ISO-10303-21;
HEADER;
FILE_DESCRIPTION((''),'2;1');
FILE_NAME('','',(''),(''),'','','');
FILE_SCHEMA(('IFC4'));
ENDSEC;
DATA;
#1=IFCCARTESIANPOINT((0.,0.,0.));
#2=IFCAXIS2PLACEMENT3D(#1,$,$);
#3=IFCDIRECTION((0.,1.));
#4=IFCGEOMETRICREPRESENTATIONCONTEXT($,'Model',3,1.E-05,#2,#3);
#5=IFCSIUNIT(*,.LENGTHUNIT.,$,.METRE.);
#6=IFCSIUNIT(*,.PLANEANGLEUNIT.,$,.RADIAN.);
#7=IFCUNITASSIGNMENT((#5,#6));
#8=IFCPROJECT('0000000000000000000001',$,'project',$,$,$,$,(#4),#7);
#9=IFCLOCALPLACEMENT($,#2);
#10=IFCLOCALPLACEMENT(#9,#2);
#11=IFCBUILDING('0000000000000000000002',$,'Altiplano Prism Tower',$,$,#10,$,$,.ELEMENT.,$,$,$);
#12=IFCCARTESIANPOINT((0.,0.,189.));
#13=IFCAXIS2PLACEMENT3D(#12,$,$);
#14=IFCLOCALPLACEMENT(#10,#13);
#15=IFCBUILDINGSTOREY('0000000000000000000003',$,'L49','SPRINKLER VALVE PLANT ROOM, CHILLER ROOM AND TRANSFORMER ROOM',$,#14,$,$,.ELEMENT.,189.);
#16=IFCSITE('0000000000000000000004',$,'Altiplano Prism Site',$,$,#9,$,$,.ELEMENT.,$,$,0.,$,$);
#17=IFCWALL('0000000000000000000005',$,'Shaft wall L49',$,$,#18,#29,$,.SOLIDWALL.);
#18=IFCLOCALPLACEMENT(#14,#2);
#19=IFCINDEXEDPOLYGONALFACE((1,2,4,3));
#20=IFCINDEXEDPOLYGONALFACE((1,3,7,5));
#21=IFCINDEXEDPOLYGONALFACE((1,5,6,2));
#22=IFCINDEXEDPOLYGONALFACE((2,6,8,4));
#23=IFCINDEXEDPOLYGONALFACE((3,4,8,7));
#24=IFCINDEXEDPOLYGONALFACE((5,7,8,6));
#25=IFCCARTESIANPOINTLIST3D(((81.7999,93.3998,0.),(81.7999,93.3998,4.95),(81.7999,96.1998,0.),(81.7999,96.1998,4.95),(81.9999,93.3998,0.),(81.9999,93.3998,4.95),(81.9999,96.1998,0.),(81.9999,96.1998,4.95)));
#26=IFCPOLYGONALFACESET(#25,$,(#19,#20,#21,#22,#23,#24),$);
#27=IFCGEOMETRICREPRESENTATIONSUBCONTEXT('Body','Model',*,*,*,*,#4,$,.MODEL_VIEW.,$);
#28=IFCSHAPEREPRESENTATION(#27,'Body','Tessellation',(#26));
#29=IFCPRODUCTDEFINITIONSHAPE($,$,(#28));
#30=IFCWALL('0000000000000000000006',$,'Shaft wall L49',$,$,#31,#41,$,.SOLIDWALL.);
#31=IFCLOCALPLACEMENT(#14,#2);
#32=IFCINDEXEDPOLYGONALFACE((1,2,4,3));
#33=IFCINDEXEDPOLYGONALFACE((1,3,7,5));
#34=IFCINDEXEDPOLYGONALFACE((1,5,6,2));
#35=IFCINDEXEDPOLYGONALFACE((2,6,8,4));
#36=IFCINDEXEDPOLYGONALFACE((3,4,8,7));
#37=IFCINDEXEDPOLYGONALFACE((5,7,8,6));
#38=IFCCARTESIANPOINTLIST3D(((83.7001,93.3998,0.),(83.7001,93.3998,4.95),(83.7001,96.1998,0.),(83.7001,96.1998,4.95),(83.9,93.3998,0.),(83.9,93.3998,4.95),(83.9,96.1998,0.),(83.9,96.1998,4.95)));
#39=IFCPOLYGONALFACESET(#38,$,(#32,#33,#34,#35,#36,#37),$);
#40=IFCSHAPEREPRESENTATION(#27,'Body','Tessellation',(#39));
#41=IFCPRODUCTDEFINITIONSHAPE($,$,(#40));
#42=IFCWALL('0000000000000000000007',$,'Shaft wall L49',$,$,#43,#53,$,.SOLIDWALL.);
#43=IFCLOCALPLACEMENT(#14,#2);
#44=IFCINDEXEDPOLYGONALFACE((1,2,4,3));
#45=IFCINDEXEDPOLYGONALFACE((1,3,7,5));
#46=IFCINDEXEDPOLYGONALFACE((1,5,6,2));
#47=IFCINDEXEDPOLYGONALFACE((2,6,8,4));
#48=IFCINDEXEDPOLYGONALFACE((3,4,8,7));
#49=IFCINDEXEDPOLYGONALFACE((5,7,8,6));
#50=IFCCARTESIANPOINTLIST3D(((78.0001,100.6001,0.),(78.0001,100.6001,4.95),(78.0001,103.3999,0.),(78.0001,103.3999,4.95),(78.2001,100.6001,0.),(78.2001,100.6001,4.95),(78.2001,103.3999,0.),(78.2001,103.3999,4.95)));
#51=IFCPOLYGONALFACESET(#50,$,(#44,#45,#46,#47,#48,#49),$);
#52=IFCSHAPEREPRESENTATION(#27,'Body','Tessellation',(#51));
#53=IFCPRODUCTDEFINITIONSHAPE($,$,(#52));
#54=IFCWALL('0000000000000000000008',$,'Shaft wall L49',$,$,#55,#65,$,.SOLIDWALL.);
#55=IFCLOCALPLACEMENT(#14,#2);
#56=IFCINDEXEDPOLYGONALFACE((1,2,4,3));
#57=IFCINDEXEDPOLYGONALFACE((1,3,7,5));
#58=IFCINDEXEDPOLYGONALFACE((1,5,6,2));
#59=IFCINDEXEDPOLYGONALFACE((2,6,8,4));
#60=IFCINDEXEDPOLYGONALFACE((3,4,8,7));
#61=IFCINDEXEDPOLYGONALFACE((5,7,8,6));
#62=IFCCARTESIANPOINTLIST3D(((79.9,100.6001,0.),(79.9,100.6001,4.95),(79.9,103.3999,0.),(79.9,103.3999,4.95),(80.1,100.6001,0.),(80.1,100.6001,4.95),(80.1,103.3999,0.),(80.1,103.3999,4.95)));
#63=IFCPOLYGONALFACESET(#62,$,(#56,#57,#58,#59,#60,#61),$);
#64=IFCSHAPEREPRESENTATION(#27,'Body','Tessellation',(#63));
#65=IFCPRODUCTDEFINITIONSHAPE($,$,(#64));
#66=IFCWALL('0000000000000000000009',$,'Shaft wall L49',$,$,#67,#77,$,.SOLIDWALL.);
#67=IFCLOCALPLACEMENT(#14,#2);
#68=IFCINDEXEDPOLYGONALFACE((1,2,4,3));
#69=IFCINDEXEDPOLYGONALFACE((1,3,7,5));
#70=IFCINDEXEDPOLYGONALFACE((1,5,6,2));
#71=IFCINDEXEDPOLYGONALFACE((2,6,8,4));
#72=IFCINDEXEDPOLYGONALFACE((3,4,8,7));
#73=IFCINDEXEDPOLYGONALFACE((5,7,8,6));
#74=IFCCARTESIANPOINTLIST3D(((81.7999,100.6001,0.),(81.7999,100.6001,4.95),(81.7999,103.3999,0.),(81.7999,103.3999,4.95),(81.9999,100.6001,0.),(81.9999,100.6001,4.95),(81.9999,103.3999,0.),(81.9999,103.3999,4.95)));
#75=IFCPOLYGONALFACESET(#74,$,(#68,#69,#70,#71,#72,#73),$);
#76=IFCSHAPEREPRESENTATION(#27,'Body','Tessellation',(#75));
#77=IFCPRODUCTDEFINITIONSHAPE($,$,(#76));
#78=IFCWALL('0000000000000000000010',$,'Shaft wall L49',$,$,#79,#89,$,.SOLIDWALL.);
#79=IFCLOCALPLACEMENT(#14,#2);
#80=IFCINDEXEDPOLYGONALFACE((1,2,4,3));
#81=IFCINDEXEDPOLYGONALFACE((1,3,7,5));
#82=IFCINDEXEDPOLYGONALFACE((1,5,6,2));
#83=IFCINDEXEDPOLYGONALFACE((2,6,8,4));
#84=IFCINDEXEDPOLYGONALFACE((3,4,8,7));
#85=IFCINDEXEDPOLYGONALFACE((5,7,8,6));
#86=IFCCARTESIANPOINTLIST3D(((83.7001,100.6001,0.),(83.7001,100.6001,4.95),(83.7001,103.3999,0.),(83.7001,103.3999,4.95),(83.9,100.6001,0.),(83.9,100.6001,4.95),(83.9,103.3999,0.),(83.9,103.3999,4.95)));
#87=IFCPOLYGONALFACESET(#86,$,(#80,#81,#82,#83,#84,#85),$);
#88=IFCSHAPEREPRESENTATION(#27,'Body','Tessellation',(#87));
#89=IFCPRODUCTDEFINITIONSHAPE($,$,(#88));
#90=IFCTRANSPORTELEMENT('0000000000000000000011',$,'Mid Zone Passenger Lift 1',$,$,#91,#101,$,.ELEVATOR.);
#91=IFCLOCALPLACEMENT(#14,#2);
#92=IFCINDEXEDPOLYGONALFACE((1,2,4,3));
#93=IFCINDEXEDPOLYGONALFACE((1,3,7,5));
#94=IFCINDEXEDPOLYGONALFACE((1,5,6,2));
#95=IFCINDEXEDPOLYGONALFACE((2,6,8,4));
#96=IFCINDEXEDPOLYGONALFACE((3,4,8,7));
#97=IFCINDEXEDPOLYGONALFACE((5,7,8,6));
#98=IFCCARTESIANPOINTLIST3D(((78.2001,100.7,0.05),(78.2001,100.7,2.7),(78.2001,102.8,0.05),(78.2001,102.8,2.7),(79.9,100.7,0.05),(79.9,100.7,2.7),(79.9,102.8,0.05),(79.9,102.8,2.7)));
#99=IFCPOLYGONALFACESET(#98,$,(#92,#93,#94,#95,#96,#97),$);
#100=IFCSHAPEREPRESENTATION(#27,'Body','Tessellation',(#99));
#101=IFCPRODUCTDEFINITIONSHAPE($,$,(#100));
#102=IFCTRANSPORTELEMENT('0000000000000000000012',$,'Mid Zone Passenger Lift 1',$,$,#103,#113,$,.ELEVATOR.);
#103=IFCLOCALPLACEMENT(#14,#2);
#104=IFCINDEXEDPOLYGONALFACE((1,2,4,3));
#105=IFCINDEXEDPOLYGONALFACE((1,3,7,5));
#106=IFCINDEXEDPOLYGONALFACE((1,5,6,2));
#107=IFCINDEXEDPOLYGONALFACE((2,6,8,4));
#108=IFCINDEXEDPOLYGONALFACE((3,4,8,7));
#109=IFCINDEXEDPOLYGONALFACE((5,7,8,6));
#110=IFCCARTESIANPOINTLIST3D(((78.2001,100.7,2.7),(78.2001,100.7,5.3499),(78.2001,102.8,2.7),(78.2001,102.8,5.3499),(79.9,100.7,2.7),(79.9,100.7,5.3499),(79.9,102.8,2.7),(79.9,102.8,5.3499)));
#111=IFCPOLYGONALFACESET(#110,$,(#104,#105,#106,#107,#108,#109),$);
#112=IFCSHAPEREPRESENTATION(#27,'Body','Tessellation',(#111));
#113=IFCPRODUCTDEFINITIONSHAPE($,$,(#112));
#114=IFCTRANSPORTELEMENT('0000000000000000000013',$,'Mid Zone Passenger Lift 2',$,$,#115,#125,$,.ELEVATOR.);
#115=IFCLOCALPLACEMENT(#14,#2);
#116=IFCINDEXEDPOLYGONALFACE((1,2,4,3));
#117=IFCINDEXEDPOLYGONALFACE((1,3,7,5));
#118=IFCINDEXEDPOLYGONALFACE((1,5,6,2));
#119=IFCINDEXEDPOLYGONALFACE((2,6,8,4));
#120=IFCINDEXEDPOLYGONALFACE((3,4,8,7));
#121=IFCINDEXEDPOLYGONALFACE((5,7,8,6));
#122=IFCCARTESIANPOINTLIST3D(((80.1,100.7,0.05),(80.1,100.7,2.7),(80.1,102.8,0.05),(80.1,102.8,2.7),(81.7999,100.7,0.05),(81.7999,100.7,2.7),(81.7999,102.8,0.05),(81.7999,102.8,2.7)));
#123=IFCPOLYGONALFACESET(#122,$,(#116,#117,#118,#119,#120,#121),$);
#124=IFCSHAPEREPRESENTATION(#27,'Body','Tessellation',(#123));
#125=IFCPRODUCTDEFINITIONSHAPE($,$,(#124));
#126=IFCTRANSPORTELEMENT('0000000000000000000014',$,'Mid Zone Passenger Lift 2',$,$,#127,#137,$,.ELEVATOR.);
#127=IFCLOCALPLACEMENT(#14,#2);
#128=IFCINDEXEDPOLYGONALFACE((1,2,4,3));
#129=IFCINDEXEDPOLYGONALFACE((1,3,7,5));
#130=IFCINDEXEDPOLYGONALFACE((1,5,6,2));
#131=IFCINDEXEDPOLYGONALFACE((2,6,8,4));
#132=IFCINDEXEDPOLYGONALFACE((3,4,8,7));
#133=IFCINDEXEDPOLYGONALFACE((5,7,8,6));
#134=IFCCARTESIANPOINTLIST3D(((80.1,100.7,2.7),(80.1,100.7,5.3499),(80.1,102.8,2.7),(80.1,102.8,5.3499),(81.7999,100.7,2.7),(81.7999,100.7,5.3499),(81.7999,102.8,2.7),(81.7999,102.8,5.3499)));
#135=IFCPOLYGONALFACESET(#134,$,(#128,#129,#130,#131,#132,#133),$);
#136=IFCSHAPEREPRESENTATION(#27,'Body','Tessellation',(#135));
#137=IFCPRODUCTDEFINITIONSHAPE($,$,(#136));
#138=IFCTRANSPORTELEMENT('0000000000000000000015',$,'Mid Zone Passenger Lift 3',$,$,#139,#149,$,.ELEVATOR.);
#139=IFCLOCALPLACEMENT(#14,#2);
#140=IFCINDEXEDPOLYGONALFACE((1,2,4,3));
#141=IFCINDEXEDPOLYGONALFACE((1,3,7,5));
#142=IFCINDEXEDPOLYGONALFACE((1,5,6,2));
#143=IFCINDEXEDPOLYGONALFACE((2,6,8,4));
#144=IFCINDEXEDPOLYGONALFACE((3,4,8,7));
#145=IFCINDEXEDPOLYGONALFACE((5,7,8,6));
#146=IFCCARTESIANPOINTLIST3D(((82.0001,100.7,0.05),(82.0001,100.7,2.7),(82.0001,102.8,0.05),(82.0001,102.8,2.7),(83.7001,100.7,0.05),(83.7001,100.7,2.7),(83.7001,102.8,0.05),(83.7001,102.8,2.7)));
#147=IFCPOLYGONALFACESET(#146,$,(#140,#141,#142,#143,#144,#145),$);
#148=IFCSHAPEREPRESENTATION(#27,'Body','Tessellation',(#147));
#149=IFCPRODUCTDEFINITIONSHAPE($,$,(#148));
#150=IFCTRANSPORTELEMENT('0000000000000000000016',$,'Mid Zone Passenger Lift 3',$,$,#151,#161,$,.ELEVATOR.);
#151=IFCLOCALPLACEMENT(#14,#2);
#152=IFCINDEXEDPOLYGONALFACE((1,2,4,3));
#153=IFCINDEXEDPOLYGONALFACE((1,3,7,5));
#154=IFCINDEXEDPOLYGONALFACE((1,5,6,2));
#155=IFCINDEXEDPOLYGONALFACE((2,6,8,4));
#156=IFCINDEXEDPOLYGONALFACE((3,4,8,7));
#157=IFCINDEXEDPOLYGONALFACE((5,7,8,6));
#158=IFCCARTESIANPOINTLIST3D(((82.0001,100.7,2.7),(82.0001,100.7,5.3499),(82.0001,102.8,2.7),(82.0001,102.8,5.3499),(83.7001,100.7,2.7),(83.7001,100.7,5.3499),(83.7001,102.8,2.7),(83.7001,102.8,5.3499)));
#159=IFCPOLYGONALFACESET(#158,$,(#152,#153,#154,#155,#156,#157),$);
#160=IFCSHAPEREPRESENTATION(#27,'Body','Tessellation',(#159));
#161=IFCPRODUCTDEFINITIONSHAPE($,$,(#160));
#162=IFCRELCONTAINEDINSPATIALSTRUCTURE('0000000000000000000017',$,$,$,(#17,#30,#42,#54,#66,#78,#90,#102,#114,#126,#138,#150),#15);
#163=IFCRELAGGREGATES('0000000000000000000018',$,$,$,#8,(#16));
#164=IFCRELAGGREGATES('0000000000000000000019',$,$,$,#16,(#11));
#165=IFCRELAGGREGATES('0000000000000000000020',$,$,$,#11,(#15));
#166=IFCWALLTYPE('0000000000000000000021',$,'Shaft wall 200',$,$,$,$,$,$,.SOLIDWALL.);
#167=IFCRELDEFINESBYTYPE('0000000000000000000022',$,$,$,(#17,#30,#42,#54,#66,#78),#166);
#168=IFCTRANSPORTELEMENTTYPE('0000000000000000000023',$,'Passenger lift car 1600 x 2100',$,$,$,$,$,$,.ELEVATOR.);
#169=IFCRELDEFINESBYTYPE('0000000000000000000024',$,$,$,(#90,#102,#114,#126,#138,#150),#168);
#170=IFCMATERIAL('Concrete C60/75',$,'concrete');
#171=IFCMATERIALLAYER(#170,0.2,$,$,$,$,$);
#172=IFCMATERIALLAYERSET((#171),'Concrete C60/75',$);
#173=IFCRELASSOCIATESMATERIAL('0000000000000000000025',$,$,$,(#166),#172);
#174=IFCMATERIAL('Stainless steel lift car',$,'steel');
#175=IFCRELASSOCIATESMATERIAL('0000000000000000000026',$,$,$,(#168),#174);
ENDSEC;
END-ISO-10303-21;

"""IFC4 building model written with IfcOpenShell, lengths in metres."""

from ifc_helpers import new_model, si_unit, direction, frame, frame_2d, origin, origin_2d, place, context, subcontext, project, spatial, rectangle, extrude, material, layer, layer_set, type_object, element, save


model = new_model("IFC4")

# Units and contexts
model_context = context("Model", 3, precision=1e-05, world=origin(), true_north=direction((0.0, 1.0)))
body_context = subcontext(model_context, "Body", "Model", "MODEL_VIEW")
ifc_project = project(units=[si_unit("LENGTHUNIT", "METRE"), si_unit("PLANEANGLEUNIT", "RADIAN")], contexts=[model_context])

# Site, building, storey
site_placement = place(None, origin())
site = spatial("IfcSite", under=ifc_project, at=site_placement, Name="Altiplano Prism Site", CompositionType="ELEMENT", RefElevation=0.0)
building_placement = place(site_placement, origin())
building = spatial("IfcBuilding", under=site, at=building_placement, Name="Altiplano Prism Tower", CompositionType="ELEMENT")
storey_placement = place(building_placement, frame((0.0, 0.0, 189.0)))
storey = spatial("IfcBuildingStorey", under=building, at=storey_placement, Name="L49", Description="SPRINKLER VALVE PLANT ROOM, CHILLER ROOM AND TRANSFORMER ROOM", CompositionType="ELEMENT", Elevation=189.0)

# Walls
ifc_material_1 = material(Name="Concrete C60/75", Category="concrete")
ifc_layer = layer(ifc_material_1, 0.2)
ifc_layer_set = layer_set([ifc_layer], Name="Concrete C60/75")
wall_type = type_object("IfcWallType", Name="Shaft wall 200", PredefinedType="SOLIDWALL", material=ifc_layer_set)
for number, where, z_axis, x_axis, name in (
    (1, (81.8999, 93.3999, 0.0), (0.0, 0.0, 1.0), (0.0, 1.0, 0.0), "Shaft wall L49"),
    (2, (83.8, 93.3999, 0.0), (0.0, 0.0, 1.0), (0.0, 1.0, 0.0), "Shaft wall L49"),
):
    element("IfcWall", number, at=place(storey_placement, frame(where, z_axis=z_axis, x_axis=x_axis)), inside=storey, type_object=wall_type, Name=name, PredefinedType="SOLIDWALL", context=body_context, shape_type="SweptSolid", body=[
        extrude(rectangle(XDim=2.8, YDim=0.2, at=frame_2d((1.3999, 0.0))), origin(), (0.0, 0.0, 1.0), 4.95),
    ])
for number, where, z_axis, x_axis, name in (
    (3, (78.1001, 100.6001, 0.0), (0.0, 0.0, 1.0), (0.0, 1.0, 0.0), "Shaft wall L49"),
    (4, (80.0, 100.6001, 0.0), (0.0, 0.0, 1.0), (0.0, 1.0, 0.0), "Shaft wall L49"),
    (5, (81.8999, 100.6001, 0.0), (0.0, 0.0, 1.0), (0.0, 1.0, 0.0), "Shaft wall L49"),
    (6, (83.8, 100.6001, 0.0), (0.0, 0.0, 1.0), (0.0, 1.0, 0.0), "Shaft wall L49"),
):
    element("IfcWall", number, at=place(storey_placement, frame(where, z_axis=z_axis, x_axis=x_axis)), inside=storey, type_object=wall_type, Name=name, PredefinedType="SOLIDWALL", context=body_context, shape_type="SweptSolid", body=[
        extrude(rectangle(XDim=2.7998, YDim=0.2, at=frame_2d((1.3999, 0.0))), origin(), (0.0, 0.0, 1.0), 4.95),
    ])

# Transport elements
ifc_material_2 = material(Name="Stainless steel lift car", Category="steel")
transport_element_type = type_object("IfcTransportElementType", Name="Passenger lift car 1600 x 2100", PredefinedType="ELEVATOR", material=ifc_material_2)
for number, where, z_axis, x_axis, name in (
    (7, (79.05, 101.75, 0.05), (0.0, 0.0, 1.0), (1.0, 0.0, 0.0), "Mid Zone Passenger Lift 1"),
    (8, (79.05, 101.75, 2.7), (0.0, 0.0, 1.0), (1.0, 0.0, 0.0), "Mid Zone Passenger Lift 1"),
    (9, (80.95, 101.75, 0.05), (0.0, 0.0, 1.0), (1.0, 0.0, 0.0), "Mid Zone Passenger Lift 2"),
    (10, (80.95, 101.75, 2.7), (0.0, 0.0, 1.0), (1.0, 0.0, 0.0), "Mid Zone Passenger Lift 2"),
    (11, (82.8501, 101.75, 0.05), (0.0, 0.0, 1.0), (1.0, 0.0, 0.0), "Mid Zone Passenger Lift 3"),
    (12, (82.8501, 101.75, 2.7), (0.0, 0.0, 1.0), (1.0, 0.0, 0.0), "Mid Zone Passenger Lift 3"),
):
    element("IfcTransportElement", number, at=place(storey_placement, frame(where, z_axis=z_axis, x_axis=x_axis)), inside=storey, type_object=transport_element_type, Name=name, PredefinedType="ELEVATOR", context=body_context, shape_type="SweptSolid", body=[
        extrude(rectangle(XDim=1.7, YDim=2.1001, at=origin_2d()), origin(), (0.0, 0.0, 1.0), 2.6499),
    ])

save(model, "model.ifc")
